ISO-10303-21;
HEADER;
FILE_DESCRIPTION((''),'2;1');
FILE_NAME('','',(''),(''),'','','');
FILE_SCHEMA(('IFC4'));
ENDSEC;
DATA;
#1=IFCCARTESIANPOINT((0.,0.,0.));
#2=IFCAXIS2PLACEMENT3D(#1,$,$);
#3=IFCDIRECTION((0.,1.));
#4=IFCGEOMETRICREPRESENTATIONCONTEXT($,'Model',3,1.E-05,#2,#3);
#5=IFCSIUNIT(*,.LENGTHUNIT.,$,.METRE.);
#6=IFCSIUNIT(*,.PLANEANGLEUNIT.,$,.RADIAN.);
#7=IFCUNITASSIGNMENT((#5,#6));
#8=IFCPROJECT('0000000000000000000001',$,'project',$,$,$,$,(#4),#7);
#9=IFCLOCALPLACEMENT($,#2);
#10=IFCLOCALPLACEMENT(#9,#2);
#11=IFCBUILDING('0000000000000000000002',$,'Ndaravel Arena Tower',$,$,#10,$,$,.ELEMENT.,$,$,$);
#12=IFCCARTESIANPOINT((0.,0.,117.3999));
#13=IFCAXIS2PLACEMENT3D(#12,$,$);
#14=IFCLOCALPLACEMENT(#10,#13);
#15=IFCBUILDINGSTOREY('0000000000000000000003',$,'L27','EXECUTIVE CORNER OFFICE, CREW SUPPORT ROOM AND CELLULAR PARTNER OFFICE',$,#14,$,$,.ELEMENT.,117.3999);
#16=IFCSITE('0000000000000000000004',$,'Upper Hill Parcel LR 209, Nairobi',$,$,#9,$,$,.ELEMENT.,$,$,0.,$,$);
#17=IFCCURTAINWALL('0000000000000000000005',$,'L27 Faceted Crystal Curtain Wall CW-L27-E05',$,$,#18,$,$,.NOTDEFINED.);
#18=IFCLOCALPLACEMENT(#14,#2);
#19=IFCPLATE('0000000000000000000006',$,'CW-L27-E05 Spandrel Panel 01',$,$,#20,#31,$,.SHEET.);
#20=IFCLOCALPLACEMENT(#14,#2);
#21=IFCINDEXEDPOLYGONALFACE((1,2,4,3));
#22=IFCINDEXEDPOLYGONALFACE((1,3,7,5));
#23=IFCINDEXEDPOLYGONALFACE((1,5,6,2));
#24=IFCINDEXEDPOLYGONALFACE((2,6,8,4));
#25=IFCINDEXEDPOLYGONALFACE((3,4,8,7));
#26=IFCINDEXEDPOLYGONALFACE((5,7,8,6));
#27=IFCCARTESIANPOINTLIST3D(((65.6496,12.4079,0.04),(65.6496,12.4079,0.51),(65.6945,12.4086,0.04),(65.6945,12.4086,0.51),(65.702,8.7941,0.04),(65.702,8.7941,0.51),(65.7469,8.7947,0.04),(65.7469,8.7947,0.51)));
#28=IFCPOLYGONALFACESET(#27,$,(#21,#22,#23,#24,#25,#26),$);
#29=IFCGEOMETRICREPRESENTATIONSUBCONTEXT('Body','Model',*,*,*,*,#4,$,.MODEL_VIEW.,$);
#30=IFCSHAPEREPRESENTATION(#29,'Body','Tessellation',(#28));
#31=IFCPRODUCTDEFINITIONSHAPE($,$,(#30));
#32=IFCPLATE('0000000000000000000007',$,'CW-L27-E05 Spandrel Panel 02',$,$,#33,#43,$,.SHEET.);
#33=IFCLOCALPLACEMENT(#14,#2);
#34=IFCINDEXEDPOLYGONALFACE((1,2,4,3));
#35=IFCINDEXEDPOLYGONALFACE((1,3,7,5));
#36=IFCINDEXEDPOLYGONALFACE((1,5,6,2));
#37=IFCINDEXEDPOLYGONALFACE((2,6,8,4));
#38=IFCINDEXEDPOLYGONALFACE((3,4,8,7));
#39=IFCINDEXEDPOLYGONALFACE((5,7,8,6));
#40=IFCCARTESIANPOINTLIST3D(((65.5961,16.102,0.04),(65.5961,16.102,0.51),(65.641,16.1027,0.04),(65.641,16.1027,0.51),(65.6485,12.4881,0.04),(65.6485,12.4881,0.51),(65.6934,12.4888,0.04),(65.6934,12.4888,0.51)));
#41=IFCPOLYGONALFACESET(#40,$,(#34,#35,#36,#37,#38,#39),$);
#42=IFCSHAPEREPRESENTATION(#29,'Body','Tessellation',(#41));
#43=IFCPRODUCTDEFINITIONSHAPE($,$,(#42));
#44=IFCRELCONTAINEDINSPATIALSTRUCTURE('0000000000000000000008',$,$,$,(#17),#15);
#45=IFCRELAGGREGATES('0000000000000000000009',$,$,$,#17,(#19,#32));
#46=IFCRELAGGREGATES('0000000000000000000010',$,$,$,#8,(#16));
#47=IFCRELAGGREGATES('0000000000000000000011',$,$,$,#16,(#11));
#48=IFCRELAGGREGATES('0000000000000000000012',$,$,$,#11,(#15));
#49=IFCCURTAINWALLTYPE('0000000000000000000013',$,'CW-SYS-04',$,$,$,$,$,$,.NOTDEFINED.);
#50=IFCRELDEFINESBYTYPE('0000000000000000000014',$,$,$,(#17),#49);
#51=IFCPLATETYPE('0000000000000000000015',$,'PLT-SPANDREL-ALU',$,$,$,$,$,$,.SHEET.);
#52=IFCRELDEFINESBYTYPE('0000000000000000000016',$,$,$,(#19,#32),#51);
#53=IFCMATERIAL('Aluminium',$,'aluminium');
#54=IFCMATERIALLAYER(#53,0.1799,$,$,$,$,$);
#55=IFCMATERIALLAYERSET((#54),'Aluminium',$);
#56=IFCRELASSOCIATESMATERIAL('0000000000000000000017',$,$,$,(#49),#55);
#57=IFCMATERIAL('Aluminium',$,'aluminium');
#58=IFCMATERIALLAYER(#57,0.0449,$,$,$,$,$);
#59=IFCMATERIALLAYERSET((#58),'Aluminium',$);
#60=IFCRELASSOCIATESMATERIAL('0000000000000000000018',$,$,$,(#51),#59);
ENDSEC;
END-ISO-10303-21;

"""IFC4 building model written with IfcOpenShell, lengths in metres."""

from ifc_helpers import new_model, si_unit, direction, frame, origin, origin_2d, place, context, subcontext, project, spatial, rectangle, extrude, material, layer, layer_set, type_object, element, aggregate, save


model = new_model("IFC4")

# Units and contexts
model_context = context("Model", 3, precision=1e-05, world=origin(), true_north=direction((0.0, 1.0)))
body_context = subcontext(model_context, "Body", "Model", "MODEL_VIEW")
ifc_project = project(units=[si_unit("LENGTHUNIT", "METRE"), si_unit("PLANEANGLEUNIT", "RADIAN")], contexts=[model_context])

# Site, building, storey
site_placement = place(None, origin())
site = spatial("IfcSite", under=ifc_project, at=site_placement, Name="Upper Hill Parcel LR 209, Nairobi", CompositionType="ELEMENT", RefElevation=0.0)
building_placement = place(site_placement, origin())
building = spatial("IfcBuilding", under=site, at=building_placement, Name="Ndaravel Arena Tower", CompositionType="ELEMENT")
storey_placement = place(building_placement, frame((0.0, 0.0, 117.3999)))
storey = spatial("IfcBuildingStorey", under=building, at=storey_placement, Name="L27", Description="EXECUTIVE CORNER OFFICE, CREW SUPPORT ROOM AND CELLULAR PARTNER OFFICE", CompositionType="ELEMENT", Elevation=117.3999)

# Shared definitions
ifc_material_1 = material(Name="Aluminium", Category="aluminium")
ifc_layer_1 = layer(ifc_material_1, 0.1799)
ifc_layer_set_1 = layer_set([ifc_layer_1], Name="Aluminium")
curtain_wall_type = type_object("IfcCurtainWallType", Name="CW-SYS-04", PredefinedType="NOTDEFINED", material=ifc_layer_set_1)

# Curtain wall
curtain_wall_1_placement = place(storey_placement, origin())
curtain_wall_1 = element("IfcCurtainWall", 1, at=curtain_wall_1_placement, inside=storey, type_object=curtain_wall_type, Name="L27 Faceted Crystal Curtain Wall CW-L27-E05", PredefinedType="NOTDEFINED")

# Plates
ifc_material_2 = material(Name="Aluminium", Category="aluminium")
ifc_layer_2 = layer(ifc_material_2, 0.0449)
ifc_layer_set_2 = layer_set([ifc_layer_2], Name="Aluminium")
plate_type_1 = type_object("IfcPlateType", Name="PLT-SPANDREL-ALU", PredefinedType="SHEET", material=ifc_layer_set_2)
plate_1_placement = place(storey_placement, frame((65.6982, 10.6013, 0.04), z_axis=(0.0, 0.0, 1.0), x_axis=(-0.014503, 0.999895, 0.0)))
plate_1 = element("IfcPlate", 2, at=plate_1_placement, type_object=plate_type_1, Name="CW-L27-E05 Spandrel Panel 01", PredefinedType="SHEET", context=body_context, shape_type="SweptSolid", body=[
    extrude(rectangle(XDim=3.6143, YDim=0.0449, at=origin_2d()), origin(), (0.0, 0.0, 1.0), 0.47),
])
plate_2_placement = place(storey_placement, frame((65.6448, 14.2954, 0.04), z_axis=(0.0, 0.0, 1.0), x_axis=(-0.014503, 0.999895, 0.0)))
plate_2 = element("IfcPlate", 3, at=plate_2_placement, type_object=plate_type_1, Name="CW-L27-E05 Spandrel Panel 02", PredefinedType="SHEET", context=body_context, shape_type="SweptSolid", body=[
    extrude(rectangle(XDim=3.6143, YDim=0.0449, at=origin_2d()), origin(), (0.0, 0.0, 1.0), 0.47),
])
aggregate(curtain_wall_1, [plate_1, plate_2])

save(model, "model.ifc")
